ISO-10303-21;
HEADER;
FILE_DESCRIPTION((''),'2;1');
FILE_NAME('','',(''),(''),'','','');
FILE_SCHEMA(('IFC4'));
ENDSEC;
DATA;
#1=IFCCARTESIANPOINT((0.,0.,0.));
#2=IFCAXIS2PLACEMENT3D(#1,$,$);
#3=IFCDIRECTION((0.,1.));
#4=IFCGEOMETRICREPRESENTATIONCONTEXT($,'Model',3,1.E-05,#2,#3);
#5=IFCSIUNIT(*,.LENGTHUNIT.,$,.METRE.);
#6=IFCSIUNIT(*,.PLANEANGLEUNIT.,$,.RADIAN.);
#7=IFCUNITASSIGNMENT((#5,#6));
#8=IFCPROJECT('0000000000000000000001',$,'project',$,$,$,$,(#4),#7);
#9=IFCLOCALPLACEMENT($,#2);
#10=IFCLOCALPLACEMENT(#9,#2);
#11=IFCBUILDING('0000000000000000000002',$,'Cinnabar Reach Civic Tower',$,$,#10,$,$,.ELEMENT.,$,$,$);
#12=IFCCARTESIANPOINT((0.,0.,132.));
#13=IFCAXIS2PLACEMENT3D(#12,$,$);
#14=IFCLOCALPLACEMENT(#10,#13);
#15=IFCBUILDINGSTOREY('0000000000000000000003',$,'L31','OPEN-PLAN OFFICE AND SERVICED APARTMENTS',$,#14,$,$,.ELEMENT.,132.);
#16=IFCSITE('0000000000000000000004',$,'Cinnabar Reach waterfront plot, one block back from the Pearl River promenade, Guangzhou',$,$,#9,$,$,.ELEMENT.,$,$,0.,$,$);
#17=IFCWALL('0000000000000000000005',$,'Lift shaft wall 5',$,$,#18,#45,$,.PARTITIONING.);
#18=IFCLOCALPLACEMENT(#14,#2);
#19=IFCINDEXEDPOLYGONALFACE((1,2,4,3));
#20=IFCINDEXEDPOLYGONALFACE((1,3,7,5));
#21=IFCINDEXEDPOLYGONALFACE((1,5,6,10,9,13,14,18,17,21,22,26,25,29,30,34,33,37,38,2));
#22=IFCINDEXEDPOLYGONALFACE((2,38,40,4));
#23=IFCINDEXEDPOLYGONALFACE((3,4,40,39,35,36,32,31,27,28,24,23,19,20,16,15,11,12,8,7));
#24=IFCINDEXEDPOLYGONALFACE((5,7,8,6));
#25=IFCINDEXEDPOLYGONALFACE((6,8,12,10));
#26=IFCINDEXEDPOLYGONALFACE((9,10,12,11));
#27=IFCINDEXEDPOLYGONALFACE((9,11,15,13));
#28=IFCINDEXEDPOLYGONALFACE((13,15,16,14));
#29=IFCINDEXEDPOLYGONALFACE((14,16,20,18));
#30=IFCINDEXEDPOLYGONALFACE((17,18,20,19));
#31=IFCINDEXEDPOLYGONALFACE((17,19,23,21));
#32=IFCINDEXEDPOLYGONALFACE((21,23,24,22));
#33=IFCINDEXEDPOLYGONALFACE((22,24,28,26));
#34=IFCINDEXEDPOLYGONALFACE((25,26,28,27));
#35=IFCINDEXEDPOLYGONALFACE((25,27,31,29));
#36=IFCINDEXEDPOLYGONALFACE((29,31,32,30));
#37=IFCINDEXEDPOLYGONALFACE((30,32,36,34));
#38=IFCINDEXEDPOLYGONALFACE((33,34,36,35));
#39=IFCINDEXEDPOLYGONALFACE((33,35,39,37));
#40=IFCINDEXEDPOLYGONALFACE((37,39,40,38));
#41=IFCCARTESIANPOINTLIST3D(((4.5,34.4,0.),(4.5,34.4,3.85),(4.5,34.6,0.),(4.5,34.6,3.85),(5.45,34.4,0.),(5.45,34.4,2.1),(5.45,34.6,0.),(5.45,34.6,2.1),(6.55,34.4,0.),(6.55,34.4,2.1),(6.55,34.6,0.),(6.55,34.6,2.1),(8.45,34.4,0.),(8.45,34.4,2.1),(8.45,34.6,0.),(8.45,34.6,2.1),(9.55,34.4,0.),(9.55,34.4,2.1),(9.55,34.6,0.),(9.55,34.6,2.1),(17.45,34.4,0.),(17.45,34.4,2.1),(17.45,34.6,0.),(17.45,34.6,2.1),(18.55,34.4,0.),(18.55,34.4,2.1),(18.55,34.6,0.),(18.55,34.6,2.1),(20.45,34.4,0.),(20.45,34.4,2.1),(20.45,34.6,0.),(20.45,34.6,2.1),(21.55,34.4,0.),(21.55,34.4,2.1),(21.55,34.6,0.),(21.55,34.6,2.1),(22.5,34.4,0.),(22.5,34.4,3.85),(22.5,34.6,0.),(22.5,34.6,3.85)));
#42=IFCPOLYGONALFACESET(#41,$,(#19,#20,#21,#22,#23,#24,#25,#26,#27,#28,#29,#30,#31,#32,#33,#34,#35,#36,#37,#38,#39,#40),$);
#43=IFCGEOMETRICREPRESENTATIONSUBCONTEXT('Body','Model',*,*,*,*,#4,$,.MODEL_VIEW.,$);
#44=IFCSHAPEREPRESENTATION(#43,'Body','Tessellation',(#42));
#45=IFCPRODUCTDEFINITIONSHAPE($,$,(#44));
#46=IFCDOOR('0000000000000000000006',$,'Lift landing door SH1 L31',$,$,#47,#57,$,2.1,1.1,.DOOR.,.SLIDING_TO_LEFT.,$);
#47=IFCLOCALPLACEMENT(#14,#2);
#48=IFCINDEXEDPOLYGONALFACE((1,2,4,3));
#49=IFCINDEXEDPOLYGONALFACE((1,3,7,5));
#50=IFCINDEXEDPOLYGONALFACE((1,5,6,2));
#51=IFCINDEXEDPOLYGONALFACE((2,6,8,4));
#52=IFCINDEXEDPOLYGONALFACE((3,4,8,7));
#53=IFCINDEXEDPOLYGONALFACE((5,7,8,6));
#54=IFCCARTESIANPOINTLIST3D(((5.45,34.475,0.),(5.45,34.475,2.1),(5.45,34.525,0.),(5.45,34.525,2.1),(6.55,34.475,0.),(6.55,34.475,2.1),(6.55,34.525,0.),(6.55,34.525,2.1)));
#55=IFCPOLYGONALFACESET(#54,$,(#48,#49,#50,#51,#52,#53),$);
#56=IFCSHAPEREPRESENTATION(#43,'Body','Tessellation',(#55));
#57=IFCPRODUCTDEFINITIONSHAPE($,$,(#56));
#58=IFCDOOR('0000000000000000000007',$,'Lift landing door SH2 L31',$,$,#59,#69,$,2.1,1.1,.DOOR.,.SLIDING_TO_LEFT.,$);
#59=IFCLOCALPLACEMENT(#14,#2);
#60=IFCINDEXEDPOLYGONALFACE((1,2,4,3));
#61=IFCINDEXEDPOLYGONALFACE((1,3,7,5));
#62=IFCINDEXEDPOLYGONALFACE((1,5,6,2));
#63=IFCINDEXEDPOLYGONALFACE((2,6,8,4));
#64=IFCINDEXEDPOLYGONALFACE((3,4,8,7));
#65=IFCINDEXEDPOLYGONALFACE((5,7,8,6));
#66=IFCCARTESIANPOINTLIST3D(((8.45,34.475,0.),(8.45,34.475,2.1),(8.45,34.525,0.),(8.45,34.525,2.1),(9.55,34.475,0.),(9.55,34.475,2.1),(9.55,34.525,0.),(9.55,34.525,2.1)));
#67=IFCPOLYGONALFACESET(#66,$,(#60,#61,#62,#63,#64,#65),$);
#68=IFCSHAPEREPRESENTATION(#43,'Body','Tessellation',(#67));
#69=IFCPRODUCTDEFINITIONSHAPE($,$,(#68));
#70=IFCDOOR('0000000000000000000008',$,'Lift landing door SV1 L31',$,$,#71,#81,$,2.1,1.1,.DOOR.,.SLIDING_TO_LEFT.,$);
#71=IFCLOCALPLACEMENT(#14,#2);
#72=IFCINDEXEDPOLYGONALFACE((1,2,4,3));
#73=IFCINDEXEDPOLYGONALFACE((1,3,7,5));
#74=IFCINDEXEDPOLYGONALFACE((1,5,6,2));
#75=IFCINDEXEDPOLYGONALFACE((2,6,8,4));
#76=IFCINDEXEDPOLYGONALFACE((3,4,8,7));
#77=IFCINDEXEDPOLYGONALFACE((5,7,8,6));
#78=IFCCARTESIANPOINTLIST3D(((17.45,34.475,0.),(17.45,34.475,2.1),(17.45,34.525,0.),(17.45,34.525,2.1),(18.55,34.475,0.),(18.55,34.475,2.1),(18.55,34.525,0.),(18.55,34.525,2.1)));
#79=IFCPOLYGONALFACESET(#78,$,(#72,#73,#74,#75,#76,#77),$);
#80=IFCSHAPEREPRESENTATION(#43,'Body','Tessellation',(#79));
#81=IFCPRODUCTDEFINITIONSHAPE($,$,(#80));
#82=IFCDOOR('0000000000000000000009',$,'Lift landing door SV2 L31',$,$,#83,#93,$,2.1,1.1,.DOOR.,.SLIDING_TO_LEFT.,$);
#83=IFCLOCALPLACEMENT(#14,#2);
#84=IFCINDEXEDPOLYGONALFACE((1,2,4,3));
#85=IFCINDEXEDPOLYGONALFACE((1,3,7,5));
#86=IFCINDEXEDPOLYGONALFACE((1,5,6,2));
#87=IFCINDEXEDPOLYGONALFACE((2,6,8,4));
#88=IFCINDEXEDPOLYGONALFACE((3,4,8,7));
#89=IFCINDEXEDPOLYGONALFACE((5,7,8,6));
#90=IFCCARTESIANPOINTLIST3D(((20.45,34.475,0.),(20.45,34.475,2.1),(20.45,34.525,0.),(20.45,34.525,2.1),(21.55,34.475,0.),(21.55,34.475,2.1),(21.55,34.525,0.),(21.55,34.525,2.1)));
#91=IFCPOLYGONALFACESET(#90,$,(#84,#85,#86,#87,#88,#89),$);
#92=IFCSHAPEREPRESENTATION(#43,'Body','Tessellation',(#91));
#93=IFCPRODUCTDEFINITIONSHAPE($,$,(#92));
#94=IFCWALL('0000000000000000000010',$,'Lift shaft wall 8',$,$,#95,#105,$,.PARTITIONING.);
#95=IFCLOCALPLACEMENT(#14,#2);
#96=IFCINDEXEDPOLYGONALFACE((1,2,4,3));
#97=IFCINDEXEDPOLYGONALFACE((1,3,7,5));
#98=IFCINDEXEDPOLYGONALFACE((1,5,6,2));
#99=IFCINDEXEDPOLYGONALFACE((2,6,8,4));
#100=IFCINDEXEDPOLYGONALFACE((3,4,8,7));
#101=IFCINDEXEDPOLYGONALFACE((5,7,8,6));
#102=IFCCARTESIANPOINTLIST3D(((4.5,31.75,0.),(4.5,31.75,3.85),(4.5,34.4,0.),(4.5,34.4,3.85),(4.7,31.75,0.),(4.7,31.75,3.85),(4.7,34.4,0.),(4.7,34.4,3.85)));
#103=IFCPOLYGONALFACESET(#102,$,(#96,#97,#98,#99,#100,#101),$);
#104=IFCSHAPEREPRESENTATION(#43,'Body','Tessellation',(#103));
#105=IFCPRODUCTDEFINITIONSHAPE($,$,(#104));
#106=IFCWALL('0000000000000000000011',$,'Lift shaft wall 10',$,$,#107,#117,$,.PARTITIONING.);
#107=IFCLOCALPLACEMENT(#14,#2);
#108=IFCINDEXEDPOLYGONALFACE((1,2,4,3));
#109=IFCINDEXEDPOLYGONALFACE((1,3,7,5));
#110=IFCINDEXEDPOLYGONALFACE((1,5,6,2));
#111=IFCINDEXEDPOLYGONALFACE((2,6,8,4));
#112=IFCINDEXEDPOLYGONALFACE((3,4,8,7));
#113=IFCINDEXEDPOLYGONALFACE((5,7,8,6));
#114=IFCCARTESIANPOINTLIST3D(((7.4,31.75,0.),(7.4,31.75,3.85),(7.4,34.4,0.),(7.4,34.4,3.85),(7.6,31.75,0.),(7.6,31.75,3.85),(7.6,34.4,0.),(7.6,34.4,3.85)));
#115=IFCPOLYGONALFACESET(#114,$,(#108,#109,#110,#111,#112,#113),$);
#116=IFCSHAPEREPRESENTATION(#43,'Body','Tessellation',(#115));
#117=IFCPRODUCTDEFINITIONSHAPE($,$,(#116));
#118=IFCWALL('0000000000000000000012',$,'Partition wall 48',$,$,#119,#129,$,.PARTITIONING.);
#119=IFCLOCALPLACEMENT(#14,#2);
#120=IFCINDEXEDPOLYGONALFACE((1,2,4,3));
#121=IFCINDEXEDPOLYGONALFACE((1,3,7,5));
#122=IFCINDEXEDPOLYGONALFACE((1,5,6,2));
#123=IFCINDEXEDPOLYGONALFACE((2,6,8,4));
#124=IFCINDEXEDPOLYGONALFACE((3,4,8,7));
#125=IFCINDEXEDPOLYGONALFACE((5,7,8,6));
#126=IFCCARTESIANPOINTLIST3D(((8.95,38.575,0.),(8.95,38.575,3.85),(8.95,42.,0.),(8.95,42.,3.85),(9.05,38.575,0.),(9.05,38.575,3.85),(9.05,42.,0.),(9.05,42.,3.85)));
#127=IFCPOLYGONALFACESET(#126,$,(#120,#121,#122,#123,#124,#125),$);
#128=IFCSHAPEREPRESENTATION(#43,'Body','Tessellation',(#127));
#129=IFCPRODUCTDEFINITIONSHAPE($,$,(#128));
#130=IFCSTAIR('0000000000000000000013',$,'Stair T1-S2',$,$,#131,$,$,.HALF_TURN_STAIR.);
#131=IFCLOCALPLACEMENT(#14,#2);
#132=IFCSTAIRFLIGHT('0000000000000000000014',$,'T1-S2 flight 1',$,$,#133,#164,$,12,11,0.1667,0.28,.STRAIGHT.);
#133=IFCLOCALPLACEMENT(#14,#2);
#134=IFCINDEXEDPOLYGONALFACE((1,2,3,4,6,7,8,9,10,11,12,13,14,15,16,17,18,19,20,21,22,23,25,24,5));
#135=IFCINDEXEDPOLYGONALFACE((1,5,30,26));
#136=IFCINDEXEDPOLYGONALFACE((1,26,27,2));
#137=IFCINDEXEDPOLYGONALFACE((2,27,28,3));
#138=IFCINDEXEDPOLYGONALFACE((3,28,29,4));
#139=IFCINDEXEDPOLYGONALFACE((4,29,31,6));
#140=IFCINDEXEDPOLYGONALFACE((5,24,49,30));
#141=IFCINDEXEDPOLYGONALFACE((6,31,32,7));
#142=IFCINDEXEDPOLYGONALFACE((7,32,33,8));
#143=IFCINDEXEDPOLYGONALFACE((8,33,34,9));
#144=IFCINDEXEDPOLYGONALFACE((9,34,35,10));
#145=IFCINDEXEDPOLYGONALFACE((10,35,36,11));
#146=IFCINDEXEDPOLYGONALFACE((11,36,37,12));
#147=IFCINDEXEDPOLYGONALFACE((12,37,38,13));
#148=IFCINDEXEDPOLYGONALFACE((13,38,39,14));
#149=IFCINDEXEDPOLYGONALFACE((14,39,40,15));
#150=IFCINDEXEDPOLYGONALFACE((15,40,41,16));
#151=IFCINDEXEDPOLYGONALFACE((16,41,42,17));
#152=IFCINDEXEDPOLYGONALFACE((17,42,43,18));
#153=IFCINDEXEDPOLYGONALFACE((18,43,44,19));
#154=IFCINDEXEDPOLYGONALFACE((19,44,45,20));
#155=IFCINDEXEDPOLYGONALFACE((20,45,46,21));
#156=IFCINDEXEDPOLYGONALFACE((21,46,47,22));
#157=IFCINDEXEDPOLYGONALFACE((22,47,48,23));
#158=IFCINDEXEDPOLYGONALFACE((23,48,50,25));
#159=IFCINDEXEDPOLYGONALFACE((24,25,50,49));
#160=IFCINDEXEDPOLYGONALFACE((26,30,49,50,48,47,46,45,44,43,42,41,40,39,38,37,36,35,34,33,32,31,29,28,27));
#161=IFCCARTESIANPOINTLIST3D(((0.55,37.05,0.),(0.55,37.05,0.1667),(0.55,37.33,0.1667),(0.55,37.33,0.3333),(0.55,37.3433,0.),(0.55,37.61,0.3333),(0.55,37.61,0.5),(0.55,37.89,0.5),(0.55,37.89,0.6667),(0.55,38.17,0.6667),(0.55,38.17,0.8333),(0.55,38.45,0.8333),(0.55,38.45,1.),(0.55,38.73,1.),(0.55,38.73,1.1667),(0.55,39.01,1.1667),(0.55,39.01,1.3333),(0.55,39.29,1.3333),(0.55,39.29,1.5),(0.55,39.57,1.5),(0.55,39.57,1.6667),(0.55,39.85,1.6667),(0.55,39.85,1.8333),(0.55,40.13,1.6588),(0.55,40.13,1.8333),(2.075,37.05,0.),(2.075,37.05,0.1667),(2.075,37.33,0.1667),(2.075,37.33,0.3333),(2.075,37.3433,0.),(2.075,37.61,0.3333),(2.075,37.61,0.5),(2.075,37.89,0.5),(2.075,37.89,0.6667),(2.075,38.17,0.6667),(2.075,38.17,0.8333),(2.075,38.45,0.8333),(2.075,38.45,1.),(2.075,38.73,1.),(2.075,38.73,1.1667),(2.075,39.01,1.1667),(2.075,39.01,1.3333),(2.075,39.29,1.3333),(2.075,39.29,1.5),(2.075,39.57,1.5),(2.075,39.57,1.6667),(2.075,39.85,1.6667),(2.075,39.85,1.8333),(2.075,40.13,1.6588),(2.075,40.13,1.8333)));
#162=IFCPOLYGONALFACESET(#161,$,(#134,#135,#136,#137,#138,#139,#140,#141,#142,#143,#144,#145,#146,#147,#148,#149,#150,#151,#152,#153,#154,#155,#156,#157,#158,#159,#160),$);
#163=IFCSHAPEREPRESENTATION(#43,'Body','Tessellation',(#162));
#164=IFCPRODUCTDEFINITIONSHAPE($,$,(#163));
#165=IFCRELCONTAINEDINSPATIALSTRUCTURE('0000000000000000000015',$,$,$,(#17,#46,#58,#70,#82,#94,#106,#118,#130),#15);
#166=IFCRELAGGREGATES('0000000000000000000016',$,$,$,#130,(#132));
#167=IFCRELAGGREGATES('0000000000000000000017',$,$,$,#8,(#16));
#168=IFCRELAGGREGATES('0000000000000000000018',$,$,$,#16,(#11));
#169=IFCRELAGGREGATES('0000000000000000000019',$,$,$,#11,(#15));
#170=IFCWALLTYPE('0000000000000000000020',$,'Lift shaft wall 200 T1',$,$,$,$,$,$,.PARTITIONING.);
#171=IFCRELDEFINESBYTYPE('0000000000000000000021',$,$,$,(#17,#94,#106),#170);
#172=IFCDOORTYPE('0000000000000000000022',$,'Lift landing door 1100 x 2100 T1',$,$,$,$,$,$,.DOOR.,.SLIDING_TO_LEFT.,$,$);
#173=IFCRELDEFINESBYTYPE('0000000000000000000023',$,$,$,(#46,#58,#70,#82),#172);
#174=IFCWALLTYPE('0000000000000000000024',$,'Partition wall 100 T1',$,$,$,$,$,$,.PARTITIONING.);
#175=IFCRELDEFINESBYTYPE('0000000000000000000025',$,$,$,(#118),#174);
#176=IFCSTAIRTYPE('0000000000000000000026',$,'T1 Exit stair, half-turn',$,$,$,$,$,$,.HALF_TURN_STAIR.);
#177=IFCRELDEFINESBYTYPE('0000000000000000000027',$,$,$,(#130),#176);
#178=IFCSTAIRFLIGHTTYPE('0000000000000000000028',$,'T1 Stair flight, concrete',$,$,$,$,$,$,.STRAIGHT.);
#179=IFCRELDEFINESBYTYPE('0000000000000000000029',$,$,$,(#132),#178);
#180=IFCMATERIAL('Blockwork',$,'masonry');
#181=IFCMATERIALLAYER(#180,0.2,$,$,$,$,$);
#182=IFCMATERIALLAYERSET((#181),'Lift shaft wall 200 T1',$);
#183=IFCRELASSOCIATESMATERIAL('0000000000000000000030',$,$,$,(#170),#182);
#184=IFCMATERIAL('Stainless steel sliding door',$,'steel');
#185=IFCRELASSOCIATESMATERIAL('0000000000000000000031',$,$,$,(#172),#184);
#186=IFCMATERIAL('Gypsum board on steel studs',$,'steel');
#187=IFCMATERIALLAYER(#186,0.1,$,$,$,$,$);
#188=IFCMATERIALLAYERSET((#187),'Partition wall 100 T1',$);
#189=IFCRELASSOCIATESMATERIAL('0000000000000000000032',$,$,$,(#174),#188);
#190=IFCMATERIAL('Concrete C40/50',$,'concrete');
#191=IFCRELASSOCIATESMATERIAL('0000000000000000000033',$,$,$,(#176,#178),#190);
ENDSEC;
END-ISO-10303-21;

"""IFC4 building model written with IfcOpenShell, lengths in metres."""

from ifc_helpers import new_model, si_unit, direction, frame, frame_2d, origin, place, context, subcontext, project, spatial, polyline, rectangle, outline, extrude, material, layer, layer_set, type_object, element, fill, aggregate, save


model = new_model("IFC4")

# Units and contexts
model_context = context("Model", 3, precision=1e-05, world=origin(), true_north=direction((0.0, 1.0)))
body_context = subcontext(model_context, "Body", "Model", "MODEL_VIEW")
ifc_project = project(units=[si_unit("LENGTHUNIT", "METRE"), si_unit("PLANEANGLEUNIT", "RADIAN")], contexts=[model_context])

# Site, building, storey
site_placement = place(None, origin())
site = spatial("IfcSite", under=ifc_project, at=site_placement, Name="Cinnabar Reach waterfront plot, one block back from the Pearl River promenade, Guangzhou", CompositionType="ELEMENT", RefElevation=0.0)
building_placement = place(site_placement, origin())
building = spatial("IfcBuilding", under=site, at=building_placement, Name="Cinnabar Reach Civic Tower", CompositionType="ELEMENT")
storey_placement = place(building_placement, frame((0.0, 0.0, 132.0)))
storey = spatial("IfcBuildingStorey", under=building, at=storey_placement, Name="L31", Description="OPEN-PLAN OFFICE AND SERVICED APARTMENTS", CompositionType="ELEMENT", Elevation=132.0)

# Wall, openings, doors
ifc_material_1 = material(Name="Blockwork", Category="masonry")
ifc_layer_1 = layer(ifc_material_1, 0.2)
ifc_layer_set_1 = layer_set([ifc_layer_1], Name="Lift shaft wall 200 T1")
wall_type_1 = type_object("IfcWallType", Name="Lift shaft wall 200 T1", PredefinedType="PARTITIONING", material=ifc_layer_set_1)
wall_1_placement = place(storey_placement, frame((4.5, 34.5, 0.0), z_axis=(0.0, 0.0, 1.0), x_axis=(1.0, 0.0, 0.0)))
wall_1 = element("IfcWall", 1, at=wall_1_placement, inside=storey, type_object=wall_type_1, Name="Lift shaft wall 5", PredefinedType="PARTITIONING", context=body_context, shape_type="SweptSolid", body=[
    extrude(rectangle(XDim=18.0, YDim=0.2, at=frame_2d((9.0, 0.0))), origin(), (0.0, 0.0, 1.0), 3.85),
])
opening_1_placement = place(wall_1_placement, frame((0.95, 0.0, 0.0)))
opening_1 = element("IfcOpeningElement", 2, at=opening_1_placement, cuts=wall_1, PredefinedType="OPENING", context=body_context, shape_type="SweptSolid", body=[
    extrude(rectangle(XDim=1.1, YDim=2.1, at=frame_2d((0.55, 1.05))), frame((0.0, 0.11, 0.0), z_axis=(0.0, -1.0, 0.0), x_axis=(1.0, 0.0, 0.0)), (0.0, 0.0, 1.0), 0.22),
])
opening_2_placement = place(wall_1_placement, frame((3.95, 0.0, 0.0)))
opening_2 = element("IfcOpeningElement", 3, at=opening_2_placement, cuts=wall_1, PredefinedType="OPENING", context=body_context, shape_type="SweptSolid", body=[
    extrude(rectangle(XDim=1.1, YDim=2.1, at=frame_2d((0.55, 1.05))), frame((0.0, 0.11, 0.0), z_axis=(0.0, -1.0, 0.0), x_axis=(1.0, 0.0, 0.0)), (0.0, 0.0, 1.0), 0.22),
])
opening_3_placement = place(wall_1_placement, frame((12.95, 0.0, 0.0)))
opening_3 = element("IfcOpeningElement", 4, at=opening_3_placement, cuts=wall_1, PredefinedType="OPENING", context=body_context, shape_type="SweptSolid", body=[
    extrude(rectangle(XDim=1.1, YDim=2.1, at=frame_2d((0.55, 1.05))), frame((0.0, 0.11, 0.0), z_axis=(0.0, -1.0, 0.0), x_axis=(1.0, 0.0, 0.0)), (0.0, 0.0, 1.0), 0.22),
])
opening_4_placement = place(wall_1_placement, frame((15.95, 0.0, 0.0)))
opening_4 = element("IfcOpeningElement", 5, at=opening_4_placement, cuts=wall_1, PredefinedType="OPENING", context=body_context, shape_type="SweptSolid", body=[
    extrude(rectangle(XDim=1.1, YDim=2.1, at=frame_2d((0.55, 1.05))), frame((0.0, 0.11, 0.0), z_axis=(0.0, -1.0, 0.0), x_axis=(1.0, 0.0, 0.0)), (0.0, 0.0, 1.0), 0.22),
])
ifc_material_2 = material(Name="Stainless steel sliding door", Category="steel")
door_type_1 = type_object("IfcDoorType", Name="Lift landing door 1100 x 2100 T1", OperationType="SLIDING_TO_LEFT", PredefinedType="DOOR", material=ifc_material_2)
door_1_placement = place(opening_1_placement, origin())
door_1 = element("IfcDoor", 6, at=door_1_placement, inside=storey, type_object=door_type_1, Name="Lift landing door SH1 L31", OperationType="SLIDING_TO_LEFT", OverallHeight=2.1, OverallWidth=1.1, PredefinedType="DOOR", context=body_context, shape_type="SweptSolid", body=[
    extrude(rectangle(XDim=1.1, YDim=2.1, at=frame_2d((0.55, 1.05))), frame((0.0, 0.025, 0.0), z_axis=(0.0, -1.0, 0.0), x_axis=(1.0, 0.0, 0.0)), (0.0, 0.0, 1.0), 0.05),
])
fill(opening_1, door_1)
door_2_placement = place(opening_2_placement, origin())
door_2 = element("IfcDoor", 7, at=door_2_placement, inside=storey, type_object=door_type_1, Name="Lift landing door SH2 L31", OperationType="SLIDING_TO_LEFT", OverallHeight=2.1, OverallWidth=1.1, PredefinedType="DOOR", context=body_context, shape_type="SweptSolid", body=[
    extrude(rectangle(XDim=1.1, YDim=2.1, at=frame_2d((0.55, 1.05))), frame((0.0, 0.025, 0.0), z_axis=(0.0, -1.0, 0.0), x_axis=(1.0, 0.0, 0.0)), (0.0, 0.0, 1.0), 0.05),
])
fill(opening_2, door_2)
door_3_placement = place(opening_3_placement, origin())
door_3 = element("IfcDoor", 8, at=door_3_placement, inside=storey, type_object=door_type_1, Name="Lift landing door SV1 L31", OperationType="SLIDING_TO_LEFT", OverallHeight=2.1, OverallWidth=1.1, PredefinedType="DOOR", context=body_context, shape_type="SweptSolid", body=[
    extrude(rectangle(XDim=1.1, YDim=2.1, at=frame_2d((0.55, 1.05))), frame((0.0, 0.025, 0.0), z_axis=(0.0, -1.0, 0.0), x_axis=(1.0, 0.0, 0.0)), (0.0, 0.0, 1.0), 0.05),
])
fill(opening_3, door_3)
door_4_placement = place(opening_4_placement, origin())
door_4 = element("IfcDoor", 9, at=door_4_placement, inside=storey, type_object=door_type_1, Name="Lift landing door SV2 L31", OperationType="SLIDING_TO_LEFT", OverallHeight=2.1, OverallWidth=1.1, PredefinedType="DOOR", context=body_context, shape_type="SweptSolid", body=[
    extrude(rectangle(XDim=1.1, YDim=2.1, at=frame_2d((0.55, 1.05))), frame((0.0, 0.025, 0.0), z_axis=(0.0, -1.0, 0.0), x_axis=(1.0, 0.0, 0.0)), (0.0, 0.0, 1.0), 0.05),
])
fill(opening_4, door_4)

# Walls
for number, where, z_axis, x_axis, name in (
    (10, (4.6, 31.75, 0.0), (0.0, 0.0, 1.0), (0.0, 1.0, 0.0), "Lift shaft wall 8"),
    (11, (7.5, 31.75, 0.0), (0.0, 0.0, 1.0), (0.0, 1.0, 0.0), "Lift shaft wall 10"),
):
    element("IfcWall", number, at=place(storey_placement, frame(where, z_axis=z_axis, x_axis=x_axis)), inside=storey, type_object=wall_type_1, Name=name, PredefinedType="PARTITIONING", context=body_context, shape_type="SweptSolid", body=[
        extrude(rectangle(XDim=2.65, YDim=0.2, at=frame_2d((1.325, 0.0))), origin(), (0.0, 0.0, 1.0), 3.85),
    ])
ifc_material_3 = material(Name="Gypsum board on steel studs", Category="steel")
ifc_layer_2 = layer(ifc_material_3, 0.1)
ifc_layer_set_2 = layer_set([ifc_layer_2], Name="Partition wall 100 T1")
wall_type_2 = type_object("IfcWallType", Name="Partition wall 100 T1", PredefinedType="PARTITIONING", material=ifc_layer_set_2)
wall_2_placement = place(storey_placement, frame((9.0, 38.575, 0.0), z_axis=(0.0, 0.0, 1.0), x_axis=(0.0, 1.0, 0.0)))
element("IfcWall", 12, at=wall_2_placement, inside=storey, type_object=wall_type_2, Name="Partition wall 48", PredefinedType="PARTITIONING", context=body_context, shape_type="SweptSolid", body=[
    extrude(rectangle(XDim=3.425, YDim=0.1, at=frame_2d((1.7125, 0.0))), origin(), (0.0, 0.0, 1.0), 3.85),
])

# Stair, stair flight
ifc_material_4 = material(Name="Concrete C40/50", Category="concrete")
stair_type = type_object("IfcStairType", Name="T1 Exit stair, half-turn", PredefinedType="HALF_TURN_STAIR", material=ifc_material_4)
stair_placement = place(storey_placement, origin())
stair = element("IfcStair", 13, at=stair_placement, inside=storey, type_object=stair_type, Name="Stair T1-S2", PredefinedType="HALF_TURN_STAIR")
stair_flight_type = type_object("IfcStairFlightType", Name="T1 Stair flight, concrete", PredefinedType="STRAIGHT", material=ifc_material_4)
stair_flight_1_placement = place(storey_placement, frame((1.3125, 37.05, 0.0), z_axis=(0.0, 0.0, 1.0), x_axis=(0.0, 1.0, 0.0)))
stair_flight_1 = element("IfcStairFlight", 14, at=stair_flight_1_placement, type_object=stair_flight_type, Name="T1-S2 flight 1", NumberOfRisers=12, NumberOfTreads=11, PredefinedType="STRAIGHT", RiserHeight=0.1667, TreadLength=0.28, context=body_context, shape_type="SweptSolid", body=[
    extrude(outline(polyline([(0.0, 0.0), (0.0, 0.1667), (0.28, 0.1667), (0.28, 0.3333), (0.56, 0.3333), (0.56, 0.5), (0.84, 0.5), (0.84, 0.6667), (1.12, 0.6667), (1.12, 0.8333), (1.4, 0.8333), (1.4, 1.0), (1.68, 1.0), (1.68, 1.1667), (1.96, 1.1667), (1.96, 1.3333), (2.24, 1.3333), (2.24, 1.5), (2.52, 1.5), (2.52, 1.6667), (2.8, 1.6667), (2.8, 1.8333), (3.08, 1.8333), (3.08, 2.0), (3.08, 1.6588), (0.2933, 0.0), (0.0, 0.0)])), frame((0.0, 0.7625, 0.0), z_axis=(0.0, -1.0, 0.0), x_axis=(1.0, 0.0, 0.0)), (0.0, 0.0, 1.0), 1.525),
])
aggregate(stair, [stair_flight_1])

save(model, "model.ifc")
